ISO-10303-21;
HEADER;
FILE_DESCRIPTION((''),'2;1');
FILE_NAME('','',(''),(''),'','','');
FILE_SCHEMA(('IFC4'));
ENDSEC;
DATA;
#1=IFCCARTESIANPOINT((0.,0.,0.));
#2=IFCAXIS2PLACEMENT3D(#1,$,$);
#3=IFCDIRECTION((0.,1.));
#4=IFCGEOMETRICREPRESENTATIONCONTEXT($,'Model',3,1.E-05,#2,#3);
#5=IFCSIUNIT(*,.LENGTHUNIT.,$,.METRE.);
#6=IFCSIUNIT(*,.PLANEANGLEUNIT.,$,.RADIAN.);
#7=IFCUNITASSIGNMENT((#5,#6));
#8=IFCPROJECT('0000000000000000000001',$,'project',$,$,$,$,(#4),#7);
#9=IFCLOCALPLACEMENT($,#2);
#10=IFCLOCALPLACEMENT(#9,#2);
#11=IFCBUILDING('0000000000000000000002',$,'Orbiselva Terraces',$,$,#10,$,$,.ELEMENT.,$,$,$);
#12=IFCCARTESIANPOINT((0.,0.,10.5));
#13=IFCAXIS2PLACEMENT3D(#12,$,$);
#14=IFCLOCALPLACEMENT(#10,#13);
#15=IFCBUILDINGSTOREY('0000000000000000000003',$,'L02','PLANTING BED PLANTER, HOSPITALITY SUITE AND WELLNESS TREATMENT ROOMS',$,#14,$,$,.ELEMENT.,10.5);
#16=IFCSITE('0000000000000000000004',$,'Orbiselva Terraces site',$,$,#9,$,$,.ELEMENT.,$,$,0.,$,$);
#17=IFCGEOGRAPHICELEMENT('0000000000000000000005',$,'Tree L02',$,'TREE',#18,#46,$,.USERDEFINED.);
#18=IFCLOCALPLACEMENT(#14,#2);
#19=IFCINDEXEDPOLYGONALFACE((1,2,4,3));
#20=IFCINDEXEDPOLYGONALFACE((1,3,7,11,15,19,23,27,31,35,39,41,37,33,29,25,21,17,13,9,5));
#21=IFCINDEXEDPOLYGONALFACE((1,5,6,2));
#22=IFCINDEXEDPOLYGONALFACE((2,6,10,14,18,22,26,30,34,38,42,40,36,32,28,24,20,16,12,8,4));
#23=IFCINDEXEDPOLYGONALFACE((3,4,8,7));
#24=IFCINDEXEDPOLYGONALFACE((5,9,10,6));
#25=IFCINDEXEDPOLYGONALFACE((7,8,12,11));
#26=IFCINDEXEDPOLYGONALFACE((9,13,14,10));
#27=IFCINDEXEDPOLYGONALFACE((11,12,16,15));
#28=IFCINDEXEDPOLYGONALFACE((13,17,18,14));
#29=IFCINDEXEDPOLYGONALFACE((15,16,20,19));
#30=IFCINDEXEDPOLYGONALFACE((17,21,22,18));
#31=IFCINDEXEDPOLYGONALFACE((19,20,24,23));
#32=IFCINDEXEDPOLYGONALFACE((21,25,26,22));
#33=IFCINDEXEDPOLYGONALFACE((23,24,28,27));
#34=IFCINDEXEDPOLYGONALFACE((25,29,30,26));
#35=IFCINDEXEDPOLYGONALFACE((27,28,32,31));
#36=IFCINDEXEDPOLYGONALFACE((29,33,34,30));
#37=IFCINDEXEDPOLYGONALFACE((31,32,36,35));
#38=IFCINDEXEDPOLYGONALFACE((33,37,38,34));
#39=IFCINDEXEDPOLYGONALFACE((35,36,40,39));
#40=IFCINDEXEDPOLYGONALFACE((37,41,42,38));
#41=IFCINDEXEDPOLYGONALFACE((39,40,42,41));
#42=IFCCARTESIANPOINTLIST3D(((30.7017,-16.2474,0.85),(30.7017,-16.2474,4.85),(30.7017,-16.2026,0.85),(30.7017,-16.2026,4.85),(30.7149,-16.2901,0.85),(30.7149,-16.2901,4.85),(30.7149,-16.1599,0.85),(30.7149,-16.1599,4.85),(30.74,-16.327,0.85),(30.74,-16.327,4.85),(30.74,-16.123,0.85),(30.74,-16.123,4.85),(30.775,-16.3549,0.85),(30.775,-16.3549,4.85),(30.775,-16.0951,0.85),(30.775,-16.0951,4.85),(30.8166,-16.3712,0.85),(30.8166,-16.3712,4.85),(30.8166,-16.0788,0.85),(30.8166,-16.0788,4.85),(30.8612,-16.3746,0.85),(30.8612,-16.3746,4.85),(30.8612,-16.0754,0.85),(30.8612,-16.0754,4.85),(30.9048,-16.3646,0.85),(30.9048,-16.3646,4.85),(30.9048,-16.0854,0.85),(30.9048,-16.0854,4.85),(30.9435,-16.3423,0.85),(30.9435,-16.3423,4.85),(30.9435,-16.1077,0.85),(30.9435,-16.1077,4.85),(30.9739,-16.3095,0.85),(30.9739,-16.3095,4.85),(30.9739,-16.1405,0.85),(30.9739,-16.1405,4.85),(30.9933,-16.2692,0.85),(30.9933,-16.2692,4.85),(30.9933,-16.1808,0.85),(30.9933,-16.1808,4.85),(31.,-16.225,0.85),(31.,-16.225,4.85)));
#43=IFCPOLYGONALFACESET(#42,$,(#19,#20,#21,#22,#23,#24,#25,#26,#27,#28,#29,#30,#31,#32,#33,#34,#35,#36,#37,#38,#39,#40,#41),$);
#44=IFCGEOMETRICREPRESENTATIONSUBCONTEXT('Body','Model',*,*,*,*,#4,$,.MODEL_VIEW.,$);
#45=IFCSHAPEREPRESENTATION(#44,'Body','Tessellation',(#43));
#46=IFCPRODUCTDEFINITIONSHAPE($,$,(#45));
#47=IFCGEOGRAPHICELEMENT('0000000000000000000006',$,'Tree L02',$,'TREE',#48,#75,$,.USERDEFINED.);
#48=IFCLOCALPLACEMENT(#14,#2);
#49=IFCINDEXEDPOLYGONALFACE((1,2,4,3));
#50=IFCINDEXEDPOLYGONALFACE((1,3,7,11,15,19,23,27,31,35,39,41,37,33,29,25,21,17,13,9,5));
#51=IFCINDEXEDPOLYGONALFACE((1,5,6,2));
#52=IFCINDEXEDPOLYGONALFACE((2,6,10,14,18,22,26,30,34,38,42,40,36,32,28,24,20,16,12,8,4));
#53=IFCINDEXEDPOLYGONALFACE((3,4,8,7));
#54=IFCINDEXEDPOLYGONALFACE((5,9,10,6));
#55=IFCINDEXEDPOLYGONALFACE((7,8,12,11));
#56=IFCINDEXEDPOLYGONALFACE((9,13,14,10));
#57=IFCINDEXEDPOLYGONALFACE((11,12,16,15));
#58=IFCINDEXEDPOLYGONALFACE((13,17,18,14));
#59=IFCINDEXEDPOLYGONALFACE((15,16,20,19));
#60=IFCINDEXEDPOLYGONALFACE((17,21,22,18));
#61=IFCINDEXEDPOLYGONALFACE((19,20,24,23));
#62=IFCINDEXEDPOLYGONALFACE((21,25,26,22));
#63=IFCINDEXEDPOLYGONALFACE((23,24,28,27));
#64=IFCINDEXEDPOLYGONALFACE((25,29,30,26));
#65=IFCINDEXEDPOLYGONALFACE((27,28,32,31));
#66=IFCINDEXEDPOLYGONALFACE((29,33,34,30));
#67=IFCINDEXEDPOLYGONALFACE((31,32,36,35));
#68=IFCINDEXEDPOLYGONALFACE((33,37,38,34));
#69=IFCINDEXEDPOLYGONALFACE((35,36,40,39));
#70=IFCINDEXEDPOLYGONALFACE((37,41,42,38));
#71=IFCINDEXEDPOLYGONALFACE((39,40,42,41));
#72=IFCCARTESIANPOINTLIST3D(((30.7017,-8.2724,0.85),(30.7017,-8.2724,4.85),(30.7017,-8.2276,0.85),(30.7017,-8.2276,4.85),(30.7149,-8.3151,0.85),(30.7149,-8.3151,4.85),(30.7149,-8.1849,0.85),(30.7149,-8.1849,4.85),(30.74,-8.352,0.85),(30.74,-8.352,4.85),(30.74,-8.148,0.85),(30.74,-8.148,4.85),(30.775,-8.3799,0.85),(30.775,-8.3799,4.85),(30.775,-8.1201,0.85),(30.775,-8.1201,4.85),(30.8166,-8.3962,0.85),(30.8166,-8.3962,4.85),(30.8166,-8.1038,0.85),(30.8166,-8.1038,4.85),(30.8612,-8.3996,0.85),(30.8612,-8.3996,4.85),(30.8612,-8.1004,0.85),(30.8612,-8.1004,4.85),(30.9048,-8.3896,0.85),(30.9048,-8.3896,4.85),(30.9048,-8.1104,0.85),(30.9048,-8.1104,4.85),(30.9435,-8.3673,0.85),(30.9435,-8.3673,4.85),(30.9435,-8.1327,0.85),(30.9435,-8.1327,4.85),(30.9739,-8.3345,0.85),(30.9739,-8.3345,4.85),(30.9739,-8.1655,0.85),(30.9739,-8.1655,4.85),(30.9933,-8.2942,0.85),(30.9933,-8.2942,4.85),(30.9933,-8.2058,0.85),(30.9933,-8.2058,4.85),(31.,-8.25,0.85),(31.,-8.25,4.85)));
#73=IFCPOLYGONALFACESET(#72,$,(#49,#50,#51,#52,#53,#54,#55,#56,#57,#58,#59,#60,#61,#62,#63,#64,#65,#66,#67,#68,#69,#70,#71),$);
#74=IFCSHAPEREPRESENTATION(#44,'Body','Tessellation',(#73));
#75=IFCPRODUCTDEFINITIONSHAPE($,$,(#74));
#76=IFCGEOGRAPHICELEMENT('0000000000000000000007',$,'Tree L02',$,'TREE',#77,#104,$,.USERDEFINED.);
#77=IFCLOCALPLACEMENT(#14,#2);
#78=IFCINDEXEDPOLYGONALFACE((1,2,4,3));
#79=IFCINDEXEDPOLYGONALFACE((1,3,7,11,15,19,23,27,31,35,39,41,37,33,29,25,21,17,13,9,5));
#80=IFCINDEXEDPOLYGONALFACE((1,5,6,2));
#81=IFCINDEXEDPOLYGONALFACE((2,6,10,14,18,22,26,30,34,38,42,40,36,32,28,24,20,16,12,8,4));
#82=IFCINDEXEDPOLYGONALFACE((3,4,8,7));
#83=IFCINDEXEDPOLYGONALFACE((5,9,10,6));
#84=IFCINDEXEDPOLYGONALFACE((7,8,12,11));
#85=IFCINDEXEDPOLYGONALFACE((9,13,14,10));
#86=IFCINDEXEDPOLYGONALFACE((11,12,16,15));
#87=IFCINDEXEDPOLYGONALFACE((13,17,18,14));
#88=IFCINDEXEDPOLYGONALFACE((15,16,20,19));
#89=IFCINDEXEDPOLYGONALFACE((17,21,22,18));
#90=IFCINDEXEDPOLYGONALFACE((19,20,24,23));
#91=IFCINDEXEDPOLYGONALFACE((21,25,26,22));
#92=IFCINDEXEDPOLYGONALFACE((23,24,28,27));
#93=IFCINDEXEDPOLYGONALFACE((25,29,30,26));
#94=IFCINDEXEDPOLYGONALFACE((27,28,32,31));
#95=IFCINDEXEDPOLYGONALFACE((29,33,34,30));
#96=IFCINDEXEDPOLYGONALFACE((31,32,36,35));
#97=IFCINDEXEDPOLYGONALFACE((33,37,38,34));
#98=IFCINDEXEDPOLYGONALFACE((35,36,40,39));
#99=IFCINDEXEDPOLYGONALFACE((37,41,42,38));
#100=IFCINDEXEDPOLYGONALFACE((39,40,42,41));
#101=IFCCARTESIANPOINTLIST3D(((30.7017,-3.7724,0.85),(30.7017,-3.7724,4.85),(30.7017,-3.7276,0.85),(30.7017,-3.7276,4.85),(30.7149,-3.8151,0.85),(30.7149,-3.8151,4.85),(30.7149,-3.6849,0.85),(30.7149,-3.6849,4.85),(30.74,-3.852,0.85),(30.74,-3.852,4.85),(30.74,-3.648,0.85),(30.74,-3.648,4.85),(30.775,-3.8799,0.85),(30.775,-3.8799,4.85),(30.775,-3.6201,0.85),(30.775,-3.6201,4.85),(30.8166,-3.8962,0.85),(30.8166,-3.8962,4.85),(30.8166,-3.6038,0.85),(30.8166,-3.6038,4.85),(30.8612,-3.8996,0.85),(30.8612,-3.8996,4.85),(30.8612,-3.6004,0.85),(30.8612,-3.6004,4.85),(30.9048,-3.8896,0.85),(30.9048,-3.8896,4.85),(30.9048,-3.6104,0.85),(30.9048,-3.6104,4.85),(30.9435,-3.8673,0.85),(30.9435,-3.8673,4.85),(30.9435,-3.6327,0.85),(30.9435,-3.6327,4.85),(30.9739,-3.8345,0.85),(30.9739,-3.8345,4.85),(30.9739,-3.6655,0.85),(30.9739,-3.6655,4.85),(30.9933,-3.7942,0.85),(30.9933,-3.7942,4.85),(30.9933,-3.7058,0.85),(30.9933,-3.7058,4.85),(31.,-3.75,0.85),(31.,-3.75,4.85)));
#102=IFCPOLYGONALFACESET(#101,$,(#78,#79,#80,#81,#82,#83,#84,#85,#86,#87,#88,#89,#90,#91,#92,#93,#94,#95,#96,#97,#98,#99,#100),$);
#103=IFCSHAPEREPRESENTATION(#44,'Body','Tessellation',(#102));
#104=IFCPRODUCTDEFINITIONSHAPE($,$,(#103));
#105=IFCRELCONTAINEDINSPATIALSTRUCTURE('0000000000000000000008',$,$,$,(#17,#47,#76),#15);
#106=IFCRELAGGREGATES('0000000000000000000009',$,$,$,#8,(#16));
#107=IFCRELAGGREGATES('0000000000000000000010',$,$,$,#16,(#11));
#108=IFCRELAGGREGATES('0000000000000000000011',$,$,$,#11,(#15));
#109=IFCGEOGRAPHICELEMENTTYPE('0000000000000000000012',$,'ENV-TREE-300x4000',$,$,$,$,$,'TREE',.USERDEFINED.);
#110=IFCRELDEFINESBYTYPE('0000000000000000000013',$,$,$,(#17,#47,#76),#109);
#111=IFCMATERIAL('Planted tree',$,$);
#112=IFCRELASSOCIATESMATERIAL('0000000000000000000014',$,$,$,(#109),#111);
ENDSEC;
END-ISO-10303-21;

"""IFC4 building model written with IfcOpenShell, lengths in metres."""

from ifc_helpers import new_model, si_unit, direction, frame, origin, origin_2d, place, context, subcontext, project, spatial, circle, extrude, material, type_object, element, save


model = new_model("IFC4")

# Units and contexts
model_context = context("Model", 3, precision=1e-05, world=origin(), true_north=direction((0.0, 1.0)))
body_context = subcontext(model_context, "Body", "Model", "MODEL_VIEW")
ifc_project = project(units=[si_unit("LENGTHUNIT", "METRE"), si_unit("PLANEANGLEUNIT", "RADIAN")], contexts=[model_context])

# Site, building, storey
site_placement = place(None, origin())
site = spatial("IfcSite", under=ifc_project, at=site_placement, Name="Orbiselva Terraces site", CompositionType="ELEMENT", RefElevation=0.0)
building_placement = place(site_placement, origin())
building = spatial("IfcBuilding", under=site, at=building_placement, Name="Orbiselva Terraces", CompositionType="ELEMENT")
storey_placement = place(building_placement, frame((0.0, 0.0, 10.5)))
storey = spatial("IfcBuildingStorey", under=building, at=storey_placement, Name="L02", Description="PLANTING BED PLANTER, HOSPITALITY SUITE AND WELLNESS TREATMENT ROOMS", CompositionType="ELEMENT", Elevation=10.5)

# Geographic elements
ifc_material_1 = material(Name="Planted tree")
geographic_element_type = type_object("IfcGeographicElementType", Name="ENV-TREE-300x4000", ElementType="TREE", PredefinedType="USERDEFINED", material=ifc_material_1)
for number, where, z_axis, x_axis, name in (
    (1, (30.85, -16.225, 4.85), (0.0, 0.0, -1.0), (1.0, 0.0, 0.0), "Tree L02"),
    (2, (30.85, -8.25, 4.85), (0.0, 0.0, -1.0), (1.0, 0.0, 0.0), "Tree L02"),
    (3, (30.85, -3.75, 4.85), (0.0, 0.0, -1.0), (1.0, 0.0, 0.0), "Tree L02"),
):
    element("IfcGeographicElement", number, at=place(storey_placement, frame(where, z_axis=z_axis, x_axis=x_axis)), inside=storey, type_object=geographic_element_type, Name=name, ObjectType="TREE", PredefinedType="USERDEFINED", context=body_context, shape_type="SweptSolid", body=[
        extrude(circle(Radius=0.15, at=origin_2d()), origin(), (0.0, 0.0, 1.0), 4.0),
    ])

save(model, "model.ifc")
